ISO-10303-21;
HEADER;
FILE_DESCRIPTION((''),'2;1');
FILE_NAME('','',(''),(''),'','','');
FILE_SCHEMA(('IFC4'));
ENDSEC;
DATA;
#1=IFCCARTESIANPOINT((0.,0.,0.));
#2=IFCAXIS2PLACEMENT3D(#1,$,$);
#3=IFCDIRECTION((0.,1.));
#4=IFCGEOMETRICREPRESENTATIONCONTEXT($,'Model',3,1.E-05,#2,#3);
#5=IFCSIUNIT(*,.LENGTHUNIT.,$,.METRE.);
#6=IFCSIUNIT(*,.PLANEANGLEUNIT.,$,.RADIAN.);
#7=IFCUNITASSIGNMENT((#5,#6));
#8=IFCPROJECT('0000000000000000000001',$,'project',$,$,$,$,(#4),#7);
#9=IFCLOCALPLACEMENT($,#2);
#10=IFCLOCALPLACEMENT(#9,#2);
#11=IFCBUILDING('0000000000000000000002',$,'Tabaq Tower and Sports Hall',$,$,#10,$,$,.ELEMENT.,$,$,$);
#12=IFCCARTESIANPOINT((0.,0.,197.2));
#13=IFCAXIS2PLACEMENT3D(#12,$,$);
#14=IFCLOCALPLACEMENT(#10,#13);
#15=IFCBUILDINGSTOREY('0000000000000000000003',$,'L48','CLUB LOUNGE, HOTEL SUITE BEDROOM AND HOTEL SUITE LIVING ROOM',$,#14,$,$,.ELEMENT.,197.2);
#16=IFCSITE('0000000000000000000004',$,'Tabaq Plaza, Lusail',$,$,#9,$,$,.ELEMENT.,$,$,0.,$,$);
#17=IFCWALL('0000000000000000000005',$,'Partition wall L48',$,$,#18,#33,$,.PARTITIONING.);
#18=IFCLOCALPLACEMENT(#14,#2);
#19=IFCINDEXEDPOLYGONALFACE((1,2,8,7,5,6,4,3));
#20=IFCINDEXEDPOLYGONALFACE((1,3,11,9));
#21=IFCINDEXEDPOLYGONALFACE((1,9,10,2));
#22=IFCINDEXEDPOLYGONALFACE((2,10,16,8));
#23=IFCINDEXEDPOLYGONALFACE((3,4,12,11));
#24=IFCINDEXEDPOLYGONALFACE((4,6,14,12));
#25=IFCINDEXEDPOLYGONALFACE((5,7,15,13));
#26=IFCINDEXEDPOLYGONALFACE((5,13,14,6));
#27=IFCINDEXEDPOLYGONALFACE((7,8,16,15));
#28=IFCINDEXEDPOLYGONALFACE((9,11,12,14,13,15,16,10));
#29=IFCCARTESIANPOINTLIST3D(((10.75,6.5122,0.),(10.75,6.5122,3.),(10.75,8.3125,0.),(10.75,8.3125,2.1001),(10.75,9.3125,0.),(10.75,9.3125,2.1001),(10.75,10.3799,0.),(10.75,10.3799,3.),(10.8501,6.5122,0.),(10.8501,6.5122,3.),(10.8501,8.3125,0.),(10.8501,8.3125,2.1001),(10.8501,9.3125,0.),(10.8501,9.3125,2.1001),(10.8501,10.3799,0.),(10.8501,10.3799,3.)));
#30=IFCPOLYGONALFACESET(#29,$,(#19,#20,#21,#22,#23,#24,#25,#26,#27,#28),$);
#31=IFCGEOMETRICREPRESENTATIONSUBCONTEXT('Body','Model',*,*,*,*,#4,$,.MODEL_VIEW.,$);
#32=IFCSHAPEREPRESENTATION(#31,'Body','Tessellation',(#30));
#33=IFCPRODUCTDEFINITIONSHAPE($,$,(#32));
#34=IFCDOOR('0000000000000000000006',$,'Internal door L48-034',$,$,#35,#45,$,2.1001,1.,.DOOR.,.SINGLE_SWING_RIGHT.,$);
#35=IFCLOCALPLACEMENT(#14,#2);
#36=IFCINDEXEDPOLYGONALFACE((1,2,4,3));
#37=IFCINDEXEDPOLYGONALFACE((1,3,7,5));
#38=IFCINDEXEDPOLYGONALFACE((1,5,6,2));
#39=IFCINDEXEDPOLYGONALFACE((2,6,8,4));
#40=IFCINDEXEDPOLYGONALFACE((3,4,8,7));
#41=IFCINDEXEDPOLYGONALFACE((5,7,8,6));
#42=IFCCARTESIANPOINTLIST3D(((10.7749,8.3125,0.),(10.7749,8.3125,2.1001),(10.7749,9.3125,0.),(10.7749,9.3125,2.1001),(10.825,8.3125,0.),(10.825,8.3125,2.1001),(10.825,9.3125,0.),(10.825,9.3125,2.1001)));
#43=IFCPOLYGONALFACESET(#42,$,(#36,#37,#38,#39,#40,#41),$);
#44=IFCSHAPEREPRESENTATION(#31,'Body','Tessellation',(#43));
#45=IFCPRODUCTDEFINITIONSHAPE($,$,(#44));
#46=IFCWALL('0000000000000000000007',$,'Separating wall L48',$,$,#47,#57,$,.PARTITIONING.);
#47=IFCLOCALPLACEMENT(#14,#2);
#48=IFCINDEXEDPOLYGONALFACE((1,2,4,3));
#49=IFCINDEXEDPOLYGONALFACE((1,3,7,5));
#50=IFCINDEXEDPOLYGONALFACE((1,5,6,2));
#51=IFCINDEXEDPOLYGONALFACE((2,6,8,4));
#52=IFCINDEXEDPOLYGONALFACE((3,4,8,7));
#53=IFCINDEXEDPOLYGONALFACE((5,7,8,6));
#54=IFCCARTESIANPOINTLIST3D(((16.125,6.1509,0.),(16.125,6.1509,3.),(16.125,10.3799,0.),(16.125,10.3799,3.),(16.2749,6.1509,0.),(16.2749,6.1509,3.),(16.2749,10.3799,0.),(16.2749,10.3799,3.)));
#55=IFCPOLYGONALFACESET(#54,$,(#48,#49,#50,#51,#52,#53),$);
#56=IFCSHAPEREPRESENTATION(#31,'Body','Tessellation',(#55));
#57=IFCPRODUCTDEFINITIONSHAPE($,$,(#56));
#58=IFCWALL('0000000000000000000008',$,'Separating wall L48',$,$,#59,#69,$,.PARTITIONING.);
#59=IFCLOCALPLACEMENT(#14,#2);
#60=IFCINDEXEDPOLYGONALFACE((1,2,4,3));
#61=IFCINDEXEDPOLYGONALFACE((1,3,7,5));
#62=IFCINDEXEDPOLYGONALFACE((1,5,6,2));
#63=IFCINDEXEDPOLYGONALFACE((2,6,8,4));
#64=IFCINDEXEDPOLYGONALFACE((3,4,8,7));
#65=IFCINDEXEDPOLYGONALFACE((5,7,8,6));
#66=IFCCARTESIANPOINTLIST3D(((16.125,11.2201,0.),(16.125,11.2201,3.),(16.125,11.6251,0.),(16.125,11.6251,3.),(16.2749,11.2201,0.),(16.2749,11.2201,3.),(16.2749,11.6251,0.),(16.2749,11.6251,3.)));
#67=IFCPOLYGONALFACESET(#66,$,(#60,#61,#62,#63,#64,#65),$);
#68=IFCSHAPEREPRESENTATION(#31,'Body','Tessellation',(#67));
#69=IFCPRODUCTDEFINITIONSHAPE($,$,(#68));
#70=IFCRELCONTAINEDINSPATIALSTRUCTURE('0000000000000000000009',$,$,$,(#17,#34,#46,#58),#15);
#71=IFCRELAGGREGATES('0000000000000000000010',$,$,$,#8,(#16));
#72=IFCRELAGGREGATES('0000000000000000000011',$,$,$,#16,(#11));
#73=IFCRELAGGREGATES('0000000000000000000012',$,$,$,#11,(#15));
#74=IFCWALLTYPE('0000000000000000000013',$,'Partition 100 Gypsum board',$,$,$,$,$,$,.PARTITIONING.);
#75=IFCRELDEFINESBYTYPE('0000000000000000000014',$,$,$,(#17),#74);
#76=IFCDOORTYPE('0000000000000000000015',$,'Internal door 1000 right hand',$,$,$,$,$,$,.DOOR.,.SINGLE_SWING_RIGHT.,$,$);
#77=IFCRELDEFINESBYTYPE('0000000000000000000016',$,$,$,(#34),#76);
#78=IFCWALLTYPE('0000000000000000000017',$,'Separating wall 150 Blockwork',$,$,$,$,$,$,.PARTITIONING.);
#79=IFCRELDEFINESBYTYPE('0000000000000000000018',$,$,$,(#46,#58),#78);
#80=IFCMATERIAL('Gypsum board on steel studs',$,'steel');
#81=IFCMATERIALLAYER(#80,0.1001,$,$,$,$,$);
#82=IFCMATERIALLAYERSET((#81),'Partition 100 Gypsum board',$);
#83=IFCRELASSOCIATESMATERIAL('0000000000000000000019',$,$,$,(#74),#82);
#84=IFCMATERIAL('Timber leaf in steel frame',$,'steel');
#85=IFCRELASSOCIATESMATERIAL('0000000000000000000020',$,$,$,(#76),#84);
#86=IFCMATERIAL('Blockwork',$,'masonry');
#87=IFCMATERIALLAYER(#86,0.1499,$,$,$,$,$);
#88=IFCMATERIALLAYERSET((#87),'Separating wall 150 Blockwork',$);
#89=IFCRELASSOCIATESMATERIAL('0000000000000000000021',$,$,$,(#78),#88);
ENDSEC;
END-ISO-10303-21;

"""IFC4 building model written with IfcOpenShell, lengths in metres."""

from ifc_helpers import new_model, si_unit, direction, frame, frame_2d, origin, place, context, subcontext, project, spatial, rectangle, extrude, material, layer, layer_set, type_object, element, fill, save


model = new_model("IFC4")

# Units and contexts
model_context = context("Model", 3, precision=1e-05, world=origin(), true_north=direction((0.0, 1.0)))
body_context = subcontext(model_context, "Body", "Model", "MODEL_VIEW")
ifc_project = project(units=[si_unit("LENGTHUNIT", "METRE"), si_unit("PLANEANGLEUNIT", "RADIAN")], contexts=[model_context])

# Site, building, storey
site_placement = place(None, origin())
site = spatial("IfcSite", under=ifc_project, at=site_placement, Name="Tabaq Plaza, Lusail", CompositionType="ELEMENT", RefElevation=0.0)
building_placement = place(site_placement, origin())
building = spatial("IfcBuilding", under=site, at=building_placement, Name="Tabaq Tower and Sports Hall", CompositionType="ELEMENT")
storey_placement = place(building_placement, frame((0.0, 0.0, 197.2)))
storey = spatial("IfcBuildingStorey", under=building, at=storey_placement, Name="L48", Description="CLUB LOUNGE, HOTEL SUITE BEDROOM AND HOTEL SUITE LIVING ROOM", CompositionType="ELEMENT", Elevation=197.2)

# Shared definitions
ifc_material_1 = material(Name="Gypsum board on steel studs", Category="steel")
ifc_layer_1 = layer(ifc_material_1, 0.1001)
ifc_layer_set_1 = layer_set([ifc_layer_1], Name="Partition 100 Gypsum board")
wall_type_1 = type_object("IfcWallType", Name="Partition 100 Gypsum board", PredefinedType="PARTITIONING", material=ifc_layer_set_1)

# Wall, opening, door
wall_1_placement = place(storey_placement, frame((10.8, 10.3799, 0.0), z_axis=(0.0, 0.0, 1.0), x_axis=(0.0, -1.0, 0.0)))
wall_1 = element("IfcWall", 1, at=wall_1_placement, inside=storey, type_object=wall_type_1, Name="Partition wall L48", PredefinedType="PARTITIONING", context=body_context, shape_type="SweptSolid", body=[
    extrude(rectangle(XDim=3.8677, YDim=0.1001, at=frame_2d((1.9338, 0.0))), origin(), (0.0, 0.0, 1.0), 3.0),
])
opening_1_placement = place(wall_1_placement, frame((1.0674, 0.0, 0.0)))
opening_1 = element("IfcOpeningElement", 2, at=opening_1_placement, cuts=wall_1, PredefinedType="OPENING", context=body_context, shape_type="SweptSolid", body=[
    extrude(rectangle(XDim=1.0, YDim=2.1001, at=frame_2d((0.5, 1.05))), frame((0.0, 0.05, 0.0), z_axis=(0.0, -1.0, 0.0), x_axis=(1.0, 0.0, 0.0)), (0.0, 0.0, 1.0), 0.1001),
])
ifc_material_2 = material(Name="Timber leaf in steel frame", Category="steel")
door_type_1 = type_object("IfcDoorType", Name="Internal door 1000 right hand", OperationType="SINGLE_SWING_RIGHT", PredefinedType="DOOR", material=ifc_material_2)
door_1_placement = place(opening_1_placement, origin())
door_1 = element("IfcDoor", 3, at=door_1_placement, inside=storey, type_object=door_type_1, Name="Internal door L48-034", OperationType="SINGLE_SWING_RIGHT", OverallHeight=2.1001, OverallWidth=1.0, PredefinedType="DOOR", context=body_context, shape_type="SweptSolid", body=[
    extrude(rectangle(XDim=1.0, YDim=2.1001, at=frame_2d((0.5, 1.05))), frame((0.0, 0.0249, 0.0), z_axis=(0.0, -1.0, 0.0), x_axis=(1.0, 0.0, 0.0)), (0.0, 0.0, 1.0), 0.05),
])
fill(opening_1, door_1)

# Walls
ifc_material_3 = material(Name="Blockwork", Category="masonry")
ifc_layer_2 = layer(ifc_material_3, 0.1499)
ifc_layer_set_2 = layer_set([ifc_layer_2], Name="Separating wall 150 Blockwork")
wall_type_2 = type_object("IfcWallType", Name="Separating wall 150 Blockwork", PredefinedType="PARTITIONING", material=ifc_layer_set_2)
wall_2_placement = place(storey_placement, frame((16.2, 6.1509, 0.0), z_axis=(0.0, 0.0, 1.0), x_axis=(0.0, 1.0, 0.0)))
element("IfcWall", 4, at=wall_2_placement, inside=storey, type_object=wall_type_2, Name="Separating wall L48", PredefinedType="PARTITIONING", context=body_context, shape_type="SweptSolid", body=[
    extrude(rectangle(XDim=4.229, YDim=0.1499, at=frame_2d((2.1145, 0.0))), origin(), (0.0, 0.0, 1.0), 3.0),
])
wall_3_placement = place(storey_placement, frame((16.2, 11.22, 0.0), z_axis=(0.0, 0.0, 1.0), x_axis=(0.0, 1.0, 0.0)))
element("IfcWall", 5, at=wall_3_placement, inside=storey, type_object=wall_type_2, Name="Separating wall L48", PredefinedType="PARTITIONING", context=body_context, shape_type="SweptSolid", body=[
    extrude(rectangle(XDim=0.405, YDim=0.1499, at=frame_2d((0.2026, 0.0))), origin(), (0.0, 0.0, 1.0), 3.0),
])

save(model, "model.ifc")
